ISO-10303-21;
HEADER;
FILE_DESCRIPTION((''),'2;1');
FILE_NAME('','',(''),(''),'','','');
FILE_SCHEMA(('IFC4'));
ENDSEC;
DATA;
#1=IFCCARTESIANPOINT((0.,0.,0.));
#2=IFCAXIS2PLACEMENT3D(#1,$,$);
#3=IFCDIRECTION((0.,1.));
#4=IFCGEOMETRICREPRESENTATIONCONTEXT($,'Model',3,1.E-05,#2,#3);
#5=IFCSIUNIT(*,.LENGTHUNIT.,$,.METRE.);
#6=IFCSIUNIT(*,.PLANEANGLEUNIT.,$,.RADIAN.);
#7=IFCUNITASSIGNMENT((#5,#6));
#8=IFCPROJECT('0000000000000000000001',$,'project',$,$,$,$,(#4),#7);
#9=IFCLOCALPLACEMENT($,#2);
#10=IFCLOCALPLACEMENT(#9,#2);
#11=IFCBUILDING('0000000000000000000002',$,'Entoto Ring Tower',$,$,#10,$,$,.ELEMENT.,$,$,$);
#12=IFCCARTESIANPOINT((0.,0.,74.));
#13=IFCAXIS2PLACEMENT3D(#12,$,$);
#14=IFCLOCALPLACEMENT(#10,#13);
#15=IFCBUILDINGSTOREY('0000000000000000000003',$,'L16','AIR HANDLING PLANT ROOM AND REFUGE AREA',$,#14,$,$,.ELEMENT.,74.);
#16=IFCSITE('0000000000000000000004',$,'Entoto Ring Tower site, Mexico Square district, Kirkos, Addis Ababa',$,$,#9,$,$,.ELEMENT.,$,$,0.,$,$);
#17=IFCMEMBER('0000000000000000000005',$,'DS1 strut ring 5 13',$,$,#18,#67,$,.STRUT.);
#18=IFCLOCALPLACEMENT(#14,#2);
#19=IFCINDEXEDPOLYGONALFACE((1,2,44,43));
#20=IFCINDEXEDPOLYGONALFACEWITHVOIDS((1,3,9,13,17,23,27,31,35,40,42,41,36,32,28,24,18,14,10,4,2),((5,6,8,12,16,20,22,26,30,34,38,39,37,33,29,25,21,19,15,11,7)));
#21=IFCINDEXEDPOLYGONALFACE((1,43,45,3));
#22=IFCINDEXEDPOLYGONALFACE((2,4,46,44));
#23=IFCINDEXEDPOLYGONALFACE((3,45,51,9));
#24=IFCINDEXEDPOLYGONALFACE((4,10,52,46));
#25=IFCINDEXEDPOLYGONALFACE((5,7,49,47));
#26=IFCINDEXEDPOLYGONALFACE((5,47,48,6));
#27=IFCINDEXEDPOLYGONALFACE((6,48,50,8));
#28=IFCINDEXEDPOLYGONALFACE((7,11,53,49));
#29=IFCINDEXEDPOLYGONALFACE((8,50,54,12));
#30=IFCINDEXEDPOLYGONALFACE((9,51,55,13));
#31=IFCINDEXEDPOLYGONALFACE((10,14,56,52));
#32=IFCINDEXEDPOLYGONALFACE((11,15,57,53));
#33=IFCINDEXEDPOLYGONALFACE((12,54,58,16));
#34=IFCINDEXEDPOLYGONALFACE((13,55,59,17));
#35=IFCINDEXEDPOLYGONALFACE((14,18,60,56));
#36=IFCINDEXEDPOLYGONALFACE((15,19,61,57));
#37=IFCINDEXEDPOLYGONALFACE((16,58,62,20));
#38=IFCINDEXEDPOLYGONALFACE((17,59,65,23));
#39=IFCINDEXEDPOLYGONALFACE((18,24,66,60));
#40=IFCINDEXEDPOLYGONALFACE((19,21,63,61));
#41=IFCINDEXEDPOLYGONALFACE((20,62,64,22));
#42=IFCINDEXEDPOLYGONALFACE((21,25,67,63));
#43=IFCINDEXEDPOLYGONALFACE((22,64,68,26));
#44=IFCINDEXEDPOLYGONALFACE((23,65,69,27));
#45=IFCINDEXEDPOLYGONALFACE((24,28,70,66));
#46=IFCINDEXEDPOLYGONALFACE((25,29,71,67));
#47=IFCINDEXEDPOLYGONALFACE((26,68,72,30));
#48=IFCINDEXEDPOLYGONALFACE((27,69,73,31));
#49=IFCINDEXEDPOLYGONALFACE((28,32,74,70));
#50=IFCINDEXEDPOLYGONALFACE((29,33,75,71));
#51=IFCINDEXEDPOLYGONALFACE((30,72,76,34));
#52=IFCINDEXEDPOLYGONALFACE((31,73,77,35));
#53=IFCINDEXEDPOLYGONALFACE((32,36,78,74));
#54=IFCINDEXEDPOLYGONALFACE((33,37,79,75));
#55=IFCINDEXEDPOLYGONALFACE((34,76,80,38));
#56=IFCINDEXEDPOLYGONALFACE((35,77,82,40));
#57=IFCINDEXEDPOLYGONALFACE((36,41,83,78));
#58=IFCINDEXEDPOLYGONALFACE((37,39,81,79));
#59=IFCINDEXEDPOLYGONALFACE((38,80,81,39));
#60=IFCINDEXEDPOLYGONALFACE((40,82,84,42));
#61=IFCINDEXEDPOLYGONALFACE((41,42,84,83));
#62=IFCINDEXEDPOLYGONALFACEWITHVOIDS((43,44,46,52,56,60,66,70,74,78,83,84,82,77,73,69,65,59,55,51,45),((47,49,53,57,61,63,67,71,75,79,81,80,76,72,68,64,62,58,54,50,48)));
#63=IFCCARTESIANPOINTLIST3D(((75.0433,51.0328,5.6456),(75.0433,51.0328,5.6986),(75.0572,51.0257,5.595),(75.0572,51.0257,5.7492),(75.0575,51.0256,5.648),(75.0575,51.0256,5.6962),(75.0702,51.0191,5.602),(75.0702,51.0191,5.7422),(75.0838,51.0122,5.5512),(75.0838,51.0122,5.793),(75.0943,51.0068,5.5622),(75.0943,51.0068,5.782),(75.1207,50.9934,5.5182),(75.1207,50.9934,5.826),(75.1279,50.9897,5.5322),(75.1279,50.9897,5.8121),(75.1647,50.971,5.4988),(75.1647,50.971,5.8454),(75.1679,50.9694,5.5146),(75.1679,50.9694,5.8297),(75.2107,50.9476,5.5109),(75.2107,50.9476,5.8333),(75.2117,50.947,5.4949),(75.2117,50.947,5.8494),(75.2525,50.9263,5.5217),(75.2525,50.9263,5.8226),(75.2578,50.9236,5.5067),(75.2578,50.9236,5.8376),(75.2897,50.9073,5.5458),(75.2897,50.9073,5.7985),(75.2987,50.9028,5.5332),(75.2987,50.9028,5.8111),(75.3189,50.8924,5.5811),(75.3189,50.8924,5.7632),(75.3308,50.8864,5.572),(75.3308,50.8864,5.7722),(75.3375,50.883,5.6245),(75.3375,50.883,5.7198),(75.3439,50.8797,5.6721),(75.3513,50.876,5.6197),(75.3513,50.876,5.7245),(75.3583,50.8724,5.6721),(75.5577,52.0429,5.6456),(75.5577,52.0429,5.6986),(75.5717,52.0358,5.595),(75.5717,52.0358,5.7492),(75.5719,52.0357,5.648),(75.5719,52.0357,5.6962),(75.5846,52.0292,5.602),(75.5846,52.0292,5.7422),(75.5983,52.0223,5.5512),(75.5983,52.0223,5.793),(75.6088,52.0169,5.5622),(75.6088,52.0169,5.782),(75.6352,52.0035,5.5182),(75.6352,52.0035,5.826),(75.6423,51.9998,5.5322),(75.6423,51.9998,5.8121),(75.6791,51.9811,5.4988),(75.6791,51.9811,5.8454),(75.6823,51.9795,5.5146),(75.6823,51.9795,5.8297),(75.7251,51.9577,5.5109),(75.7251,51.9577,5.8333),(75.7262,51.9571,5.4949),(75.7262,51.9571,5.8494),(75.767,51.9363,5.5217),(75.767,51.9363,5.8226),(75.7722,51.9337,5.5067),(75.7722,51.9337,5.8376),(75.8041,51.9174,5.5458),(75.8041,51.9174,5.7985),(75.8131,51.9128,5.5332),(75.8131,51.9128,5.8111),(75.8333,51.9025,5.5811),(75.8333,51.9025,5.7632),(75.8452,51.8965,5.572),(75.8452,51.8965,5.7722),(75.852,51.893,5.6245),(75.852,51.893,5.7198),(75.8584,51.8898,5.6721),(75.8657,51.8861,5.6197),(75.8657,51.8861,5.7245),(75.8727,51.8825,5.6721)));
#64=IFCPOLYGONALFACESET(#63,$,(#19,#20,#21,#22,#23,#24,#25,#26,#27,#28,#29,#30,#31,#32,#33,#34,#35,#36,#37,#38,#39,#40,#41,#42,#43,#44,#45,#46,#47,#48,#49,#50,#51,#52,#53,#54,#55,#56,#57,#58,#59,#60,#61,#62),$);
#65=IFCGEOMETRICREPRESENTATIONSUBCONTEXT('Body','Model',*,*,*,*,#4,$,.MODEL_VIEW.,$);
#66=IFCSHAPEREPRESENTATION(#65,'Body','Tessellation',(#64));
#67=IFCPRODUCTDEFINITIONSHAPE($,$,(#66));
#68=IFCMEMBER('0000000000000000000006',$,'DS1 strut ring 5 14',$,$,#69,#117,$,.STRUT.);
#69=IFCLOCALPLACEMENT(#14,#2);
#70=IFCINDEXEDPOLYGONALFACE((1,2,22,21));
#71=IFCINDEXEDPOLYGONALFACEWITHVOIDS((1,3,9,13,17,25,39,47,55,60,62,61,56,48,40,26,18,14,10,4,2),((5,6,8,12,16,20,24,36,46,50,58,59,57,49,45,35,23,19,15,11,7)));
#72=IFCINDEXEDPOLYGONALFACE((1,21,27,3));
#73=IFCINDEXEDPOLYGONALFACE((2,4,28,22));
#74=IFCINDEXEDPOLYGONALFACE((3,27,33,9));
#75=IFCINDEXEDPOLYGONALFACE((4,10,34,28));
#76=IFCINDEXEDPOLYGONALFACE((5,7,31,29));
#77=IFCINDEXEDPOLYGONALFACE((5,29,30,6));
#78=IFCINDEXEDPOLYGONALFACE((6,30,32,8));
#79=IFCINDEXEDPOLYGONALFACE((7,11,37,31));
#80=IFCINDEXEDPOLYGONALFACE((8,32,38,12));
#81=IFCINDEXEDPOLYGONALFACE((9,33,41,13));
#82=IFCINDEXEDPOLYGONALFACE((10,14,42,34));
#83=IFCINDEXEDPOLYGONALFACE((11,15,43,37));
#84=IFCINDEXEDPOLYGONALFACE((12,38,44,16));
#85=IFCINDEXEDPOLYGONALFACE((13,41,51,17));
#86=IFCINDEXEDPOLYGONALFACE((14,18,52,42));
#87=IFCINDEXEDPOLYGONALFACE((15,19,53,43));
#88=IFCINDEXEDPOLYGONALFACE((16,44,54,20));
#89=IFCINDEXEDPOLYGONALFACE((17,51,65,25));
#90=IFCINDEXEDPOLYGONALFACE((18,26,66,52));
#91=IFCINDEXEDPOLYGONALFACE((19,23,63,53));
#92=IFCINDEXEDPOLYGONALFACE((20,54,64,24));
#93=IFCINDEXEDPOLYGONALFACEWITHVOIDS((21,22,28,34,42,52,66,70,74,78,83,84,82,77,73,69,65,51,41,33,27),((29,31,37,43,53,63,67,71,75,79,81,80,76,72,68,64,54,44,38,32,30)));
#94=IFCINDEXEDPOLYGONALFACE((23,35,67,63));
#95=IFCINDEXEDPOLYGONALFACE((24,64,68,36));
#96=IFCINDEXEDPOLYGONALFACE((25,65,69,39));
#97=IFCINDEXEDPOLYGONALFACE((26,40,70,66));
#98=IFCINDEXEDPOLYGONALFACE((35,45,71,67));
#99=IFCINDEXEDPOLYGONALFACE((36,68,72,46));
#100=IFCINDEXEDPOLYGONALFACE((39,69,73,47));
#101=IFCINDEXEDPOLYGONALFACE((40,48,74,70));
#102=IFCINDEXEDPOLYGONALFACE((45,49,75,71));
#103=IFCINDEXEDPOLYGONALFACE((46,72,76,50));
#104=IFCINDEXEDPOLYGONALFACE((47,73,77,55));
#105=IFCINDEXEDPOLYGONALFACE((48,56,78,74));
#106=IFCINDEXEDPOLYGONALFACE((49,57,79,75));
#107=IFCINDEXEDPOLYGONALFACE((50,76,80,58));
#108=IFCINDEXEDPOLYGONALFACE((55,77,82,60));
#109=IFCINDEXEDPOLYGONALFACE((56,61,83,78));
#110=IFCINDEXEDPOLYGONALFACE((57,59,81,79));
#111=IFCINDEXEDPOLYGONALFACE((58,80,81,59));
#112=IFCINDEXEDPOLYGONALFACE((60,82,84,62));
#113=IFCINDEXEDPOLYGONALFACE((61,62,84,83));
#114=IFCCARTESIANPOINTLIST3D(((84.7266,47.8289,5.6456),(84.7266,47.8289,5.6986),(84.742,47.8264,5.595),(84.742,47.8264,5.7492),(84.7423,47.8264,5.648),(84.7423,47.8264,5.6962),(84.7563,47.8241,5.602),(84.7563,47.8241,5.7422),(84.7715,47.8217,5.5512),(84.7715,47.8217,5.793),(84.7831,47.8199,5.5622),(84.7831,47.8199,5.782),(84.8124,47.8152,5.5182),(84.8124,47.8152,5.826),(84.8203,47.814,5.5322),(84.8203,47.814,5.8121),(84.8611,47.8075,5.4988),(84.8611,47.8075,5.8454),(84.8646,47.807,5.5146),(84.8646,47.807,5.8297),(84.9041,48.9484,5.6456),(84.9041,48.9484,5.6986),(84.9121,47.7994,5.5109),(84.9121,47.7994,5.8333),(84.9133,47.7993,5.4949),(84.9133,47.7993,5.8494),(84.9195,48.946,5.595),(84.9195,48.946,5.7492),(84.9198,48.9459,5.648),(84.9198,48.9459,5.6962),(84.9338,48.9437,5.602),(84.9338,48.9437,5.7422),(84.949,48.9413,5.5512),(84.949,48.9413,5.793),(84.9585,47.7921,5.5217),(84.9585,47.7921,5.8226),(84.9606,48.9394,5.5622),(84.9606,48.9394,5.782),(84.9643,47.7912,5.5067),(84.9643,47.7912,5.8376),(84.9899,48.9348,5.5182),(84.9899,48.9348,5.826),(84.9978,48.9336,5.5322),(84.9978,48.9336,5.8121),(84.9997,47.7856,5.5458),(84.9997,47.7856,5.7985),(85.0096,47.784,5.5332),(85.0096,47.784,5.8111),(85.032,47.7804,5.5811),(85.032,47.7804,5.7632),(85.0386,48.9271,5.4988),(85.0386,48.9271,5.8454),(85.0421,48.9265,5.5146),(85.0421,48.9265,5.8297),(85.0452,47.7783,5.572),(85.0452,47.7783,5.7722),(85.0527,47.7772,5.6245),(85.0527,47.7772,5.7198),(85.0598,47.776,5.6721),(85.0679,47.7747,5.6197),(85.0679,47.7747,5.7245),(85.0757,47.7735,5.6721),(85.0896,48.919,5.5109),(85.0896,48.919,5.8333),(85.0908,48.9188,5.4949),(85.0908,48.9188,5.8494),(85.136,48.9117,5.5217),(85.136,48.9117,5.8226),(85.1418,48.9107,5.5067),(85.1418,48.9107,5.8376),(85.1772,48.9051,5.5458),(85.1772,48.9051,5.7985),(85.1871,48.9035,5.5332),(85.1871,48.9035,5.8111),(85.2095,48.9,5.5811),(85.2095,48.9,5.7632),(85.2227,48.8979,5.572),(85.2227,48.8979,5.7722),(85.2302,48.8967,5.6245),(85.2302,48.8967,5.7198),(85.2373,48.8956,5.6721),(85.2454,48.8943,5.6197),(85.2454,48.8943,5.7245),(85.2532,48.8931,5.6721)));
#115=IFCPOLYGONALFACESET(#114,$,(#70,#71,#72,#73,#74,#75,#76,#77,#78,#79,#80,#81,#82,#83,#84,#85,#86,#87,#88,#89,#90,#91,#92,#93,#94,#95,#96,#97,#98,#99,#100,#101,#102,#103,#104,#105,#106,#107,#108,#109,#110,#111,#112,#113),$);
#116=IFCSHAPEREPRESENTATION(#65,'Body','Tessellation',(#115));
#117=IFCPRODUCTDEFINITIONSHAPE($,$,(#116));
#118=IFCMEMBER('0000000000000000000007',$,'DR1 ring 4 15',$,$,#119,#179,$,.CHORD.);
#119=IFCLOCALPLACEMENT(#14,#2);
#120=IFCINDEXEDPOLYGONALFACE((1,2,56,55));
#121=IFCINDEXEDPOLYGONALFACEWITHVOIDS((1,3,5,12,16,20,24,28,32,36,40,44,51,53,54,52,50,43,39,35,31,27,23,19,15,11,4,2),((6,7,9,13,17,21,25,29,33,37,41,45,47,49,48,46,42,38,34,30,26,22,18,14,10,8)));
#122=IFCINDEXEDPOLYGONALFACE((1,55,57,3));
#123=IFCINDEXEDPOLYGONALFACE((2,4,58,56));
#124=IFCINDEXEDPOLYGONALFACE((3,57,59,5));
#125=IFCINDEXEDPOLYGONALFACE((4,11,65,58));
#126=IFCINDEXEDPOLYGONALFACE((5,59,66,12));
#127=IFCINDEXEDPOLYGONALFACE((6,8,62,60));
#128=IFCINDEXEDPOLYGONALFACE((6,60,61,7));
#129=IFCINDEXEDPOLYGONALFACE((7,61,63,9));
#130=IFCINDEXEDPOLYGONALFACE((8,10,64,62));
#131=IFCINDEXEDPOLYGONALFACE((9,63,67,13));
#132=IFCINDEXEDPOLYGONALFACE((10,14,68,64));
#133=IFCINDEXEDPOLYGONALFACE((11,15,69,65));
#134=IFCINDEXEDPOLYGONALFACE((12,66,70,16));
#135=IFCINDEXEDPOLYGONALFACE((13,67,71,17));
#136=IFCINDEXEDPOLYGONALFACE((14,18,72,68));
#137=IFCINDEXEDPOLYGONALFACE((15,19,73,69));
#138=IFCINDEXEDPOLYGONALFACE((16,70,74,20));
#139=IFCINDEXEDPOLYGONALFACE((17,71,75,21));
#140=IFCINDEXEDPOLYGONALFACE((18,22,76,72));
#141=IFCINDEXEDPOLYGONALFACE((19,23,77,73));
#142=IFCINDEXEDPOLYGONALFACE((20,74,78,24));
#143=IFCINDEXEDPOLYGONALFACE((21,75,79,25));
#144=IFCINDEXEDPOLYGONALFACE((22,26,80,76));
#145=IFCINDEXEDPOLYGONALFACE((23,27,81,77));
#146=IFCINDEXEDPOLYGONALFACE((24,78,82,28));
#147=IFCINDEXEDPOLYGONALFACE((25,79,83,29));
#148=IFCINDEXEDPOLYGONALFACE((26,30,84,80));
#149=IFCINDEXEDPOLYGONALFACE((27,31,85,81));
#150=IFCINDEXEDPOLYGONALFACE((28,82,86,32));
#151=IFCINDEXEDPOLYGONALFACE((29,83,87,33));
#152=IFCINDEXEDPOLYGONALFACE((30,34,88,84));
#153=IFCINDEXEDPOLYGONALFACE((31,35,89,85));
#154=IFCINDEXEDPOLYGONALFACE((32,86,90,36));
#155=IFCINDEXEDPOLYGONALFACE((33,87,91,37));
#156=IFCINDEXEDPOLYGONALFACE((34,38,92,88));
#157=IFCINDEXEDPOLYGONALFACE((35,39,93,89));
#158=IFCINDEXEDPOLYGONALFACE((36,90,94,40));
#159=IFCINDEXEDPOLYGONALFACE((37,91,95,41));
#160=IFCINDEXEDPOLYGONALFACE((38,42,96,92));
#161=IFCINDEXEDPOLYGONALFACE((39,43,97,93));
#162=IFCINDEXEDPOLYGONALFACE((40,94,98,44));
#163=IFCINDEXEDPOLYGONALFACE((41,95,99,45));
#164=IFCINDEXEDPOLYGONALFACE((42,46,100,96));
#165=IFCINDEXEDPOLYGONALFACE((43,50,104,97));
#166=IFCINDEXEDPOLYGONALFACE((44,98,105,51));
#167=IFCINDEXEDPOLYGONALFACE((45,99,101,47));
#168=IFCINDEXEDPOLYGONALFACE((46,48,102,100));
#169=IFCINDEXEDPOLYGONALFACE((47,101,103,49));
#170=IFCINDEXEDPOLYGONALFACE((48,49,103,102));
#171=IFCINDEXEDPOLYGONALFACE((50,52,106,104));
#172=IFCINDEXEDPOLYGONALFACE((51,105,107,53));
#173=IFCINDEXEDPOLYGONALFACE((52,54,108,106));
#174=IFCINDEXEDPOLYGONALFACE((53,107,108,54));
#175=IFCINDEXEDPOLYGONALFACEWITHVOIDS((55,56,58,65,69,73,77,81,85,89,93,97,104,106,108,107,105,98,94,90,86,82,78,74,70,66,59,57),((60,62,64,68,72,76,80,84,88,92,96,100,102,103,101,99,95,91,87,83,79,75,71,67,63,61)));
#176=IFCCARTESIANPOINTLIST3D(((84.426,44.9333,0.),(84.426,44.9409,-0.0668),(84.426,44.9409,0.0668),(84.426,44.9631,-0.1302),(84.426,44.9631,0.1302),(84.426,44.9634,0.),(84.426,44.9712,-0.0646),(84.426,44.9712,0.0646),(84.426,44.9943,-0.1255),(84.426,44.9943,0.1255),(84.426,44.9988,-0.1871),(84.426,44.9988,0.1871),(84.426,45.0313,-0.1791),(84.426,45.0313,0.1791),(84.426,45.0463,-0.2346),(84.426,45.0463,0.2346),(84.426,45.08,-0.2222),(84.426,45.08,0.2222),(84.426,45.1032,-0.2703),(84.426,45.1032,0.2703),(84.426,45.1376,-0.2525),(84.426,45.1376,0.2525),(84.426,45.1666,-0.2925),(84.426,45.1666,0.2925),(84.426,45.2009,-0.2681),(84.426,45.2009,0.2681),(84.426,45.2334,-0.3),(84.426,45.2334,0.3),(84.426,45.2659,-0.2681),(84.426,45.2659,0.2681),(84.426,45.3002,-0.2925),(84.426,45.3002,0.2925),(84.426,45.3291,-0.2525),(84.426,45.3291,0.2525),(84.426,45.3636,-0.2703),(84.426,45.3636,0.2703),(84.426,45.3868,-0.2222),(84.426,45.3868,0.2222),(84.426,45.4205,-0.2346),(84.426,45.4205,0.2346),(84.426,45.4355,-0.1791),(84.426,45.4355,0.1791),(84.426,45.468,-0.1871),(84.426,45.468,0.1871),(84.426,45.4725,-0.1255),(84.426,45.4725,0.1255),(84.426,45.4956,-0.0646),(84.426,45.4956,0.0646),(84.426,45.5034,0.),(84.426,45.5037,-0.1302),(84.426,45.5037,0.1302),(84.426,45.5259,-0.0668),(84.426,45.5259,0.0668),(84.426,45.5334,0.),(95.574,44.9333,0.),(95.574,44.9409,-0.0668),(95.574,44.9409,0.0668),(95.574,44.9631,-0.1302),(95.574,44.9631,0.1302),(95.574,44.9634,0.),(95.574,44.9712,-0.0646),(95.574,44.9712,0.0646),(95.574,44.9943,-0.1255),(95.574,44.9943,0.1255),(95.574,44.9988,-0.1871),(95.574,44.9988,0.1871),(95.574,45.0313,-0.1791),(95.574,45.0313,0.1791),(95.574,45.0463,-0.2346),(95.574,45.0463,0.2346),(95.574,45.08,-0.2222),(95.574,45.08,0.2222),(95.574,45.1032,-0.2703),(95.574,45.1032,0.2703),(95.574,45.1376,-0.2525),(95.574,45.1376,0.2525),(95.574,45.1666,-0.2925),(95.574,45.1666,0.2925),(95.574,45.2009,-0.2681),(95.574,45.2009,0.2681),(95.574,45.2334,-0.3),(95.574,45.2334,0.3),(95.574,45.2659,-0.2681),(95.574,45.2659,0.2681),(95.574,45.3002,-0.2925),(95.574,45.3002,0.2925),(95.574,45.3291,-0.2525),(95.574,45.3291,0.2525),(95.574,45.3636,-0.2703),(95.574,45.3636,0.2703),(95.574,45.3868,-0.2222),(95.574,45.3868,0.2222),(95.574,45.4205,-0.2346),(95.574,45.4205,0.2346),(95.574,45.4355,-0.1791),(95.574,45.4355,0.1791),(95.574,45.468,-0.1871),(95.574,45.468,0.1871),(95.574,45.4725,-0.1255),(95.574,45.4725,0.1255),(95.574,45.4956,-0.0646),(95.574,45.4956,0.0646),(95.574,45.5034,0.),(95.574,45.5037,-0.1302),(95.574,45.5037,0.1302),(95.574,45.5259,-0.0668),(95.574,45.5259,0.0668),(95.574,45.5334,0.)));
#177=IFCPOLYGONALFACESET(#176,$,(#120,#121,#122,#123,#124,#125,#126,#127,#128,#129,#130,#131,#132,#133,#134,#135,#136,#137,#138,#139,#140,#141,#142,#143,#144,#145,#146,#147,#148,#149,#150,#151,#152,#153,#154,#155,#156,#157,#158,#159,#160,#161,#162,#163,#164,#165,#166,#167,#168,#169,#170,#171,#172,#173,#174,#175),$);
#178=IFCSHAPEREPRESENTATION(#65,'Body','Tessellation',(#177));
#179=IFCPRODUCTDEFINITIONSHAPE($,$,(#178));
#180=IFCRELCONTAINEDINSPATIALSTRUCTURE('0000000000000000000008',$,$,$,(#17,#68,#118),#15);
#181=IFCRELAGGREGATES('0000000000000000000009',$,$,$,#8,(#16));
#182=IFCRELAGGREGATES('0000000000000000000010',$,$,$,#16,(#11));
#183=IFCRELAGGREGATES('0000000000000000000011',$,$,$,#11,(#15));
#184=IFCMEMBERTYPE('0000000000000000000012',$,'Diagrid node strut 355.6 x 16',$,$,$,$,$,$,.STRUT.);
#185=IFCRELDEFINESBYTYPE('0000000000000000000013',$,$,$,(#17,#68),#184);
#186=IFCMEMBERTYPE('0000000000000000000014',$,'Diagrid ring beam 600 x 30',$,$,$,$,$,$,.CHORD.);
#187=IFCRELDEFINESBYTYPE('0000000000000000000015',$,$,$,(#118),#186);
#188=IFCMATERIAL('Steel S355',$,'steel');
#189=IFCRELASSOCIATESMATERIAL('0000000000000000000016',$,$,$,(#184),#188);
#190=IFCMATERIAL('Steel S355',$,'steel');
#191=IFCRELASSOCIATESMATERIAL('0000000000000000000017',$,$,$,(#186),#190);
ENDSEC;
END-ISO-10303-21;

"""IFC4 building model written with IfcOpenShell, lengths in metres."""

from ifc_helpers import new_model, si_unit, direction, frame, origin, origin_2d, place, context, subcontext, project, spatial, circle, hollow_circle, extrude, material, material_profile, profile_set, type_object, element, save


model = new_model("IFC4")

# Units and contexts
model_context = context("Model", 3, precision=1e-05, world=origin(), true_north=direction((0.0, 1.0)))
body_context = subcontext(model_context, "Body", "Model", "MODEL_VIEW")
ifc_project = project(units=[si_unit("LENGTHUNIT", "METRE"), si_unit("PLANEANGLEUNIT", "RADIAN")], contexts=[model_context])

# Site, building, storey
site_placement = place(None, origin())
site = spatial("IfcSite", under=ifc_project, at=site_placement, Name="Entoto Ring Tower site, Mexico Square district, Kirkos, Addis Ababa", CompositionType="ELEMENT", RefElevation=0.0)
building_placement = place(site_placement, origin())
building = spatial("IfcBuilding", under=site, at=building_placement, Name="Entoto Ring Tower", CompositionType="ELEMENT")
storey_placement = place(building_placement, frame((0.0, 0.0, 74.0)))
storey = spatial("IfcBuildingStorey", under=building, at=storey_placement, Name="L16", Description="AIR HANDLING PLANT ROOM AND REFUGE AREA", CompositionType="ELEMENT", Elevation=74.0)

# Members
ifc_material_1 = material(Name="Steel S355", Category="steel")
ifc_material_profile_1 = material_profile(ifc_material_1, hollow_circle(Radius=0.1777, WallThickness=0.0161, at=origin_2d()), Name="CHS 355.6 x 16")
ifc_material_2 = material(Name="Concrete C60/75", Category="concrete")
ifc_material_profile_2 = material_profile(ifc_material_2, circle(Radius=0.1619, at=origin_2d()), Name="Concrete C60/75 infill")
ifc_profile_set_1 = profile_set([ifc_material_profile_1, ifc_material_profile_2], Name="Steel S355")
member_type_1 = type_object("IfcMemberType", Name="Diagrid node strut 355.6 x 16", PredefinedType="STRUT", material=ifc_profile_set_1)
for number, where, z_axis, x_axis, name in (
    (1, (75.7144, 51.9631, 5.6721), (-0.453835, -0.891086, 0.0), (0.891086, -0.453835, 0.0), "DS1 strut ring 5 13"),
    (2, (85.0776, 48.9209, 5.6721), (-0.156571, -0.987667, 0.0), (0.987667, -0.156571, 0.0), "DS1 strut ring 5 14"),
):
    element("IfcMember", number, at=place(storey_placement, frame(where, z_axis=z_axis, x_axis=x_axis)), inside=storey, type_object=member_type_1, Name=name, PredefinedType="STRUT", context=body_context, shape_type="SweptSolid", body=[
        extrude(hollow_circle(Radius=0.1777, WallThickness=0.0161, at=origin_2d()), origin(), (0.0, 0.0, 1.0), 1.1335),
    ])
ifc_material_3 = material(Name="Steel S355", Category="steel")
ifc_material_profile_3 = material_profile(ifc_material_3, hollow_circle(Radius=0.3, WallThickness=0.03, at=origin_2d()), Name="CHS 600 x 30")
ifc_material_4 = material(Name="Concrete C60/75", Category="concrete")
ifc_material_profile_4 = material_profile(ifc_material_4, circle(Radius=0.27, at=origin_2d()), Name="Concrete C60/75 infill")
ifc_profile_set_2 = profile_set([ifc_material_profile_3, ifc_material_profile_4], Name="Steel S355")
member_type_2 = type_object("IfcMemberType", Name="Diagrid ring beam 600 x 30", PredefinedType="CHORD", material=ifc_profile_set_2)
member_1_placement = place(storey_placement, frame((84.426, 45.2334, 0.0), z_axis=(1.0, 0.0, 0.0), x_axis=(0.0, 1.0, 0.0)))
element("IfcMember", 3, at=member_1_placement, inside=storey, type_object=member_type_2, Name="DR1 ring 4 15", PredefinedType="CHORD", context=body_context, shape_type="SweptSolid", body=[
    extrude(hollow_circle(Radius=0.3, WallThickness=0.03, at=origin_2d()), origin(), (0.0, 0.0, 1.0), 11.1479),
])

save(model, "model.ifc")
